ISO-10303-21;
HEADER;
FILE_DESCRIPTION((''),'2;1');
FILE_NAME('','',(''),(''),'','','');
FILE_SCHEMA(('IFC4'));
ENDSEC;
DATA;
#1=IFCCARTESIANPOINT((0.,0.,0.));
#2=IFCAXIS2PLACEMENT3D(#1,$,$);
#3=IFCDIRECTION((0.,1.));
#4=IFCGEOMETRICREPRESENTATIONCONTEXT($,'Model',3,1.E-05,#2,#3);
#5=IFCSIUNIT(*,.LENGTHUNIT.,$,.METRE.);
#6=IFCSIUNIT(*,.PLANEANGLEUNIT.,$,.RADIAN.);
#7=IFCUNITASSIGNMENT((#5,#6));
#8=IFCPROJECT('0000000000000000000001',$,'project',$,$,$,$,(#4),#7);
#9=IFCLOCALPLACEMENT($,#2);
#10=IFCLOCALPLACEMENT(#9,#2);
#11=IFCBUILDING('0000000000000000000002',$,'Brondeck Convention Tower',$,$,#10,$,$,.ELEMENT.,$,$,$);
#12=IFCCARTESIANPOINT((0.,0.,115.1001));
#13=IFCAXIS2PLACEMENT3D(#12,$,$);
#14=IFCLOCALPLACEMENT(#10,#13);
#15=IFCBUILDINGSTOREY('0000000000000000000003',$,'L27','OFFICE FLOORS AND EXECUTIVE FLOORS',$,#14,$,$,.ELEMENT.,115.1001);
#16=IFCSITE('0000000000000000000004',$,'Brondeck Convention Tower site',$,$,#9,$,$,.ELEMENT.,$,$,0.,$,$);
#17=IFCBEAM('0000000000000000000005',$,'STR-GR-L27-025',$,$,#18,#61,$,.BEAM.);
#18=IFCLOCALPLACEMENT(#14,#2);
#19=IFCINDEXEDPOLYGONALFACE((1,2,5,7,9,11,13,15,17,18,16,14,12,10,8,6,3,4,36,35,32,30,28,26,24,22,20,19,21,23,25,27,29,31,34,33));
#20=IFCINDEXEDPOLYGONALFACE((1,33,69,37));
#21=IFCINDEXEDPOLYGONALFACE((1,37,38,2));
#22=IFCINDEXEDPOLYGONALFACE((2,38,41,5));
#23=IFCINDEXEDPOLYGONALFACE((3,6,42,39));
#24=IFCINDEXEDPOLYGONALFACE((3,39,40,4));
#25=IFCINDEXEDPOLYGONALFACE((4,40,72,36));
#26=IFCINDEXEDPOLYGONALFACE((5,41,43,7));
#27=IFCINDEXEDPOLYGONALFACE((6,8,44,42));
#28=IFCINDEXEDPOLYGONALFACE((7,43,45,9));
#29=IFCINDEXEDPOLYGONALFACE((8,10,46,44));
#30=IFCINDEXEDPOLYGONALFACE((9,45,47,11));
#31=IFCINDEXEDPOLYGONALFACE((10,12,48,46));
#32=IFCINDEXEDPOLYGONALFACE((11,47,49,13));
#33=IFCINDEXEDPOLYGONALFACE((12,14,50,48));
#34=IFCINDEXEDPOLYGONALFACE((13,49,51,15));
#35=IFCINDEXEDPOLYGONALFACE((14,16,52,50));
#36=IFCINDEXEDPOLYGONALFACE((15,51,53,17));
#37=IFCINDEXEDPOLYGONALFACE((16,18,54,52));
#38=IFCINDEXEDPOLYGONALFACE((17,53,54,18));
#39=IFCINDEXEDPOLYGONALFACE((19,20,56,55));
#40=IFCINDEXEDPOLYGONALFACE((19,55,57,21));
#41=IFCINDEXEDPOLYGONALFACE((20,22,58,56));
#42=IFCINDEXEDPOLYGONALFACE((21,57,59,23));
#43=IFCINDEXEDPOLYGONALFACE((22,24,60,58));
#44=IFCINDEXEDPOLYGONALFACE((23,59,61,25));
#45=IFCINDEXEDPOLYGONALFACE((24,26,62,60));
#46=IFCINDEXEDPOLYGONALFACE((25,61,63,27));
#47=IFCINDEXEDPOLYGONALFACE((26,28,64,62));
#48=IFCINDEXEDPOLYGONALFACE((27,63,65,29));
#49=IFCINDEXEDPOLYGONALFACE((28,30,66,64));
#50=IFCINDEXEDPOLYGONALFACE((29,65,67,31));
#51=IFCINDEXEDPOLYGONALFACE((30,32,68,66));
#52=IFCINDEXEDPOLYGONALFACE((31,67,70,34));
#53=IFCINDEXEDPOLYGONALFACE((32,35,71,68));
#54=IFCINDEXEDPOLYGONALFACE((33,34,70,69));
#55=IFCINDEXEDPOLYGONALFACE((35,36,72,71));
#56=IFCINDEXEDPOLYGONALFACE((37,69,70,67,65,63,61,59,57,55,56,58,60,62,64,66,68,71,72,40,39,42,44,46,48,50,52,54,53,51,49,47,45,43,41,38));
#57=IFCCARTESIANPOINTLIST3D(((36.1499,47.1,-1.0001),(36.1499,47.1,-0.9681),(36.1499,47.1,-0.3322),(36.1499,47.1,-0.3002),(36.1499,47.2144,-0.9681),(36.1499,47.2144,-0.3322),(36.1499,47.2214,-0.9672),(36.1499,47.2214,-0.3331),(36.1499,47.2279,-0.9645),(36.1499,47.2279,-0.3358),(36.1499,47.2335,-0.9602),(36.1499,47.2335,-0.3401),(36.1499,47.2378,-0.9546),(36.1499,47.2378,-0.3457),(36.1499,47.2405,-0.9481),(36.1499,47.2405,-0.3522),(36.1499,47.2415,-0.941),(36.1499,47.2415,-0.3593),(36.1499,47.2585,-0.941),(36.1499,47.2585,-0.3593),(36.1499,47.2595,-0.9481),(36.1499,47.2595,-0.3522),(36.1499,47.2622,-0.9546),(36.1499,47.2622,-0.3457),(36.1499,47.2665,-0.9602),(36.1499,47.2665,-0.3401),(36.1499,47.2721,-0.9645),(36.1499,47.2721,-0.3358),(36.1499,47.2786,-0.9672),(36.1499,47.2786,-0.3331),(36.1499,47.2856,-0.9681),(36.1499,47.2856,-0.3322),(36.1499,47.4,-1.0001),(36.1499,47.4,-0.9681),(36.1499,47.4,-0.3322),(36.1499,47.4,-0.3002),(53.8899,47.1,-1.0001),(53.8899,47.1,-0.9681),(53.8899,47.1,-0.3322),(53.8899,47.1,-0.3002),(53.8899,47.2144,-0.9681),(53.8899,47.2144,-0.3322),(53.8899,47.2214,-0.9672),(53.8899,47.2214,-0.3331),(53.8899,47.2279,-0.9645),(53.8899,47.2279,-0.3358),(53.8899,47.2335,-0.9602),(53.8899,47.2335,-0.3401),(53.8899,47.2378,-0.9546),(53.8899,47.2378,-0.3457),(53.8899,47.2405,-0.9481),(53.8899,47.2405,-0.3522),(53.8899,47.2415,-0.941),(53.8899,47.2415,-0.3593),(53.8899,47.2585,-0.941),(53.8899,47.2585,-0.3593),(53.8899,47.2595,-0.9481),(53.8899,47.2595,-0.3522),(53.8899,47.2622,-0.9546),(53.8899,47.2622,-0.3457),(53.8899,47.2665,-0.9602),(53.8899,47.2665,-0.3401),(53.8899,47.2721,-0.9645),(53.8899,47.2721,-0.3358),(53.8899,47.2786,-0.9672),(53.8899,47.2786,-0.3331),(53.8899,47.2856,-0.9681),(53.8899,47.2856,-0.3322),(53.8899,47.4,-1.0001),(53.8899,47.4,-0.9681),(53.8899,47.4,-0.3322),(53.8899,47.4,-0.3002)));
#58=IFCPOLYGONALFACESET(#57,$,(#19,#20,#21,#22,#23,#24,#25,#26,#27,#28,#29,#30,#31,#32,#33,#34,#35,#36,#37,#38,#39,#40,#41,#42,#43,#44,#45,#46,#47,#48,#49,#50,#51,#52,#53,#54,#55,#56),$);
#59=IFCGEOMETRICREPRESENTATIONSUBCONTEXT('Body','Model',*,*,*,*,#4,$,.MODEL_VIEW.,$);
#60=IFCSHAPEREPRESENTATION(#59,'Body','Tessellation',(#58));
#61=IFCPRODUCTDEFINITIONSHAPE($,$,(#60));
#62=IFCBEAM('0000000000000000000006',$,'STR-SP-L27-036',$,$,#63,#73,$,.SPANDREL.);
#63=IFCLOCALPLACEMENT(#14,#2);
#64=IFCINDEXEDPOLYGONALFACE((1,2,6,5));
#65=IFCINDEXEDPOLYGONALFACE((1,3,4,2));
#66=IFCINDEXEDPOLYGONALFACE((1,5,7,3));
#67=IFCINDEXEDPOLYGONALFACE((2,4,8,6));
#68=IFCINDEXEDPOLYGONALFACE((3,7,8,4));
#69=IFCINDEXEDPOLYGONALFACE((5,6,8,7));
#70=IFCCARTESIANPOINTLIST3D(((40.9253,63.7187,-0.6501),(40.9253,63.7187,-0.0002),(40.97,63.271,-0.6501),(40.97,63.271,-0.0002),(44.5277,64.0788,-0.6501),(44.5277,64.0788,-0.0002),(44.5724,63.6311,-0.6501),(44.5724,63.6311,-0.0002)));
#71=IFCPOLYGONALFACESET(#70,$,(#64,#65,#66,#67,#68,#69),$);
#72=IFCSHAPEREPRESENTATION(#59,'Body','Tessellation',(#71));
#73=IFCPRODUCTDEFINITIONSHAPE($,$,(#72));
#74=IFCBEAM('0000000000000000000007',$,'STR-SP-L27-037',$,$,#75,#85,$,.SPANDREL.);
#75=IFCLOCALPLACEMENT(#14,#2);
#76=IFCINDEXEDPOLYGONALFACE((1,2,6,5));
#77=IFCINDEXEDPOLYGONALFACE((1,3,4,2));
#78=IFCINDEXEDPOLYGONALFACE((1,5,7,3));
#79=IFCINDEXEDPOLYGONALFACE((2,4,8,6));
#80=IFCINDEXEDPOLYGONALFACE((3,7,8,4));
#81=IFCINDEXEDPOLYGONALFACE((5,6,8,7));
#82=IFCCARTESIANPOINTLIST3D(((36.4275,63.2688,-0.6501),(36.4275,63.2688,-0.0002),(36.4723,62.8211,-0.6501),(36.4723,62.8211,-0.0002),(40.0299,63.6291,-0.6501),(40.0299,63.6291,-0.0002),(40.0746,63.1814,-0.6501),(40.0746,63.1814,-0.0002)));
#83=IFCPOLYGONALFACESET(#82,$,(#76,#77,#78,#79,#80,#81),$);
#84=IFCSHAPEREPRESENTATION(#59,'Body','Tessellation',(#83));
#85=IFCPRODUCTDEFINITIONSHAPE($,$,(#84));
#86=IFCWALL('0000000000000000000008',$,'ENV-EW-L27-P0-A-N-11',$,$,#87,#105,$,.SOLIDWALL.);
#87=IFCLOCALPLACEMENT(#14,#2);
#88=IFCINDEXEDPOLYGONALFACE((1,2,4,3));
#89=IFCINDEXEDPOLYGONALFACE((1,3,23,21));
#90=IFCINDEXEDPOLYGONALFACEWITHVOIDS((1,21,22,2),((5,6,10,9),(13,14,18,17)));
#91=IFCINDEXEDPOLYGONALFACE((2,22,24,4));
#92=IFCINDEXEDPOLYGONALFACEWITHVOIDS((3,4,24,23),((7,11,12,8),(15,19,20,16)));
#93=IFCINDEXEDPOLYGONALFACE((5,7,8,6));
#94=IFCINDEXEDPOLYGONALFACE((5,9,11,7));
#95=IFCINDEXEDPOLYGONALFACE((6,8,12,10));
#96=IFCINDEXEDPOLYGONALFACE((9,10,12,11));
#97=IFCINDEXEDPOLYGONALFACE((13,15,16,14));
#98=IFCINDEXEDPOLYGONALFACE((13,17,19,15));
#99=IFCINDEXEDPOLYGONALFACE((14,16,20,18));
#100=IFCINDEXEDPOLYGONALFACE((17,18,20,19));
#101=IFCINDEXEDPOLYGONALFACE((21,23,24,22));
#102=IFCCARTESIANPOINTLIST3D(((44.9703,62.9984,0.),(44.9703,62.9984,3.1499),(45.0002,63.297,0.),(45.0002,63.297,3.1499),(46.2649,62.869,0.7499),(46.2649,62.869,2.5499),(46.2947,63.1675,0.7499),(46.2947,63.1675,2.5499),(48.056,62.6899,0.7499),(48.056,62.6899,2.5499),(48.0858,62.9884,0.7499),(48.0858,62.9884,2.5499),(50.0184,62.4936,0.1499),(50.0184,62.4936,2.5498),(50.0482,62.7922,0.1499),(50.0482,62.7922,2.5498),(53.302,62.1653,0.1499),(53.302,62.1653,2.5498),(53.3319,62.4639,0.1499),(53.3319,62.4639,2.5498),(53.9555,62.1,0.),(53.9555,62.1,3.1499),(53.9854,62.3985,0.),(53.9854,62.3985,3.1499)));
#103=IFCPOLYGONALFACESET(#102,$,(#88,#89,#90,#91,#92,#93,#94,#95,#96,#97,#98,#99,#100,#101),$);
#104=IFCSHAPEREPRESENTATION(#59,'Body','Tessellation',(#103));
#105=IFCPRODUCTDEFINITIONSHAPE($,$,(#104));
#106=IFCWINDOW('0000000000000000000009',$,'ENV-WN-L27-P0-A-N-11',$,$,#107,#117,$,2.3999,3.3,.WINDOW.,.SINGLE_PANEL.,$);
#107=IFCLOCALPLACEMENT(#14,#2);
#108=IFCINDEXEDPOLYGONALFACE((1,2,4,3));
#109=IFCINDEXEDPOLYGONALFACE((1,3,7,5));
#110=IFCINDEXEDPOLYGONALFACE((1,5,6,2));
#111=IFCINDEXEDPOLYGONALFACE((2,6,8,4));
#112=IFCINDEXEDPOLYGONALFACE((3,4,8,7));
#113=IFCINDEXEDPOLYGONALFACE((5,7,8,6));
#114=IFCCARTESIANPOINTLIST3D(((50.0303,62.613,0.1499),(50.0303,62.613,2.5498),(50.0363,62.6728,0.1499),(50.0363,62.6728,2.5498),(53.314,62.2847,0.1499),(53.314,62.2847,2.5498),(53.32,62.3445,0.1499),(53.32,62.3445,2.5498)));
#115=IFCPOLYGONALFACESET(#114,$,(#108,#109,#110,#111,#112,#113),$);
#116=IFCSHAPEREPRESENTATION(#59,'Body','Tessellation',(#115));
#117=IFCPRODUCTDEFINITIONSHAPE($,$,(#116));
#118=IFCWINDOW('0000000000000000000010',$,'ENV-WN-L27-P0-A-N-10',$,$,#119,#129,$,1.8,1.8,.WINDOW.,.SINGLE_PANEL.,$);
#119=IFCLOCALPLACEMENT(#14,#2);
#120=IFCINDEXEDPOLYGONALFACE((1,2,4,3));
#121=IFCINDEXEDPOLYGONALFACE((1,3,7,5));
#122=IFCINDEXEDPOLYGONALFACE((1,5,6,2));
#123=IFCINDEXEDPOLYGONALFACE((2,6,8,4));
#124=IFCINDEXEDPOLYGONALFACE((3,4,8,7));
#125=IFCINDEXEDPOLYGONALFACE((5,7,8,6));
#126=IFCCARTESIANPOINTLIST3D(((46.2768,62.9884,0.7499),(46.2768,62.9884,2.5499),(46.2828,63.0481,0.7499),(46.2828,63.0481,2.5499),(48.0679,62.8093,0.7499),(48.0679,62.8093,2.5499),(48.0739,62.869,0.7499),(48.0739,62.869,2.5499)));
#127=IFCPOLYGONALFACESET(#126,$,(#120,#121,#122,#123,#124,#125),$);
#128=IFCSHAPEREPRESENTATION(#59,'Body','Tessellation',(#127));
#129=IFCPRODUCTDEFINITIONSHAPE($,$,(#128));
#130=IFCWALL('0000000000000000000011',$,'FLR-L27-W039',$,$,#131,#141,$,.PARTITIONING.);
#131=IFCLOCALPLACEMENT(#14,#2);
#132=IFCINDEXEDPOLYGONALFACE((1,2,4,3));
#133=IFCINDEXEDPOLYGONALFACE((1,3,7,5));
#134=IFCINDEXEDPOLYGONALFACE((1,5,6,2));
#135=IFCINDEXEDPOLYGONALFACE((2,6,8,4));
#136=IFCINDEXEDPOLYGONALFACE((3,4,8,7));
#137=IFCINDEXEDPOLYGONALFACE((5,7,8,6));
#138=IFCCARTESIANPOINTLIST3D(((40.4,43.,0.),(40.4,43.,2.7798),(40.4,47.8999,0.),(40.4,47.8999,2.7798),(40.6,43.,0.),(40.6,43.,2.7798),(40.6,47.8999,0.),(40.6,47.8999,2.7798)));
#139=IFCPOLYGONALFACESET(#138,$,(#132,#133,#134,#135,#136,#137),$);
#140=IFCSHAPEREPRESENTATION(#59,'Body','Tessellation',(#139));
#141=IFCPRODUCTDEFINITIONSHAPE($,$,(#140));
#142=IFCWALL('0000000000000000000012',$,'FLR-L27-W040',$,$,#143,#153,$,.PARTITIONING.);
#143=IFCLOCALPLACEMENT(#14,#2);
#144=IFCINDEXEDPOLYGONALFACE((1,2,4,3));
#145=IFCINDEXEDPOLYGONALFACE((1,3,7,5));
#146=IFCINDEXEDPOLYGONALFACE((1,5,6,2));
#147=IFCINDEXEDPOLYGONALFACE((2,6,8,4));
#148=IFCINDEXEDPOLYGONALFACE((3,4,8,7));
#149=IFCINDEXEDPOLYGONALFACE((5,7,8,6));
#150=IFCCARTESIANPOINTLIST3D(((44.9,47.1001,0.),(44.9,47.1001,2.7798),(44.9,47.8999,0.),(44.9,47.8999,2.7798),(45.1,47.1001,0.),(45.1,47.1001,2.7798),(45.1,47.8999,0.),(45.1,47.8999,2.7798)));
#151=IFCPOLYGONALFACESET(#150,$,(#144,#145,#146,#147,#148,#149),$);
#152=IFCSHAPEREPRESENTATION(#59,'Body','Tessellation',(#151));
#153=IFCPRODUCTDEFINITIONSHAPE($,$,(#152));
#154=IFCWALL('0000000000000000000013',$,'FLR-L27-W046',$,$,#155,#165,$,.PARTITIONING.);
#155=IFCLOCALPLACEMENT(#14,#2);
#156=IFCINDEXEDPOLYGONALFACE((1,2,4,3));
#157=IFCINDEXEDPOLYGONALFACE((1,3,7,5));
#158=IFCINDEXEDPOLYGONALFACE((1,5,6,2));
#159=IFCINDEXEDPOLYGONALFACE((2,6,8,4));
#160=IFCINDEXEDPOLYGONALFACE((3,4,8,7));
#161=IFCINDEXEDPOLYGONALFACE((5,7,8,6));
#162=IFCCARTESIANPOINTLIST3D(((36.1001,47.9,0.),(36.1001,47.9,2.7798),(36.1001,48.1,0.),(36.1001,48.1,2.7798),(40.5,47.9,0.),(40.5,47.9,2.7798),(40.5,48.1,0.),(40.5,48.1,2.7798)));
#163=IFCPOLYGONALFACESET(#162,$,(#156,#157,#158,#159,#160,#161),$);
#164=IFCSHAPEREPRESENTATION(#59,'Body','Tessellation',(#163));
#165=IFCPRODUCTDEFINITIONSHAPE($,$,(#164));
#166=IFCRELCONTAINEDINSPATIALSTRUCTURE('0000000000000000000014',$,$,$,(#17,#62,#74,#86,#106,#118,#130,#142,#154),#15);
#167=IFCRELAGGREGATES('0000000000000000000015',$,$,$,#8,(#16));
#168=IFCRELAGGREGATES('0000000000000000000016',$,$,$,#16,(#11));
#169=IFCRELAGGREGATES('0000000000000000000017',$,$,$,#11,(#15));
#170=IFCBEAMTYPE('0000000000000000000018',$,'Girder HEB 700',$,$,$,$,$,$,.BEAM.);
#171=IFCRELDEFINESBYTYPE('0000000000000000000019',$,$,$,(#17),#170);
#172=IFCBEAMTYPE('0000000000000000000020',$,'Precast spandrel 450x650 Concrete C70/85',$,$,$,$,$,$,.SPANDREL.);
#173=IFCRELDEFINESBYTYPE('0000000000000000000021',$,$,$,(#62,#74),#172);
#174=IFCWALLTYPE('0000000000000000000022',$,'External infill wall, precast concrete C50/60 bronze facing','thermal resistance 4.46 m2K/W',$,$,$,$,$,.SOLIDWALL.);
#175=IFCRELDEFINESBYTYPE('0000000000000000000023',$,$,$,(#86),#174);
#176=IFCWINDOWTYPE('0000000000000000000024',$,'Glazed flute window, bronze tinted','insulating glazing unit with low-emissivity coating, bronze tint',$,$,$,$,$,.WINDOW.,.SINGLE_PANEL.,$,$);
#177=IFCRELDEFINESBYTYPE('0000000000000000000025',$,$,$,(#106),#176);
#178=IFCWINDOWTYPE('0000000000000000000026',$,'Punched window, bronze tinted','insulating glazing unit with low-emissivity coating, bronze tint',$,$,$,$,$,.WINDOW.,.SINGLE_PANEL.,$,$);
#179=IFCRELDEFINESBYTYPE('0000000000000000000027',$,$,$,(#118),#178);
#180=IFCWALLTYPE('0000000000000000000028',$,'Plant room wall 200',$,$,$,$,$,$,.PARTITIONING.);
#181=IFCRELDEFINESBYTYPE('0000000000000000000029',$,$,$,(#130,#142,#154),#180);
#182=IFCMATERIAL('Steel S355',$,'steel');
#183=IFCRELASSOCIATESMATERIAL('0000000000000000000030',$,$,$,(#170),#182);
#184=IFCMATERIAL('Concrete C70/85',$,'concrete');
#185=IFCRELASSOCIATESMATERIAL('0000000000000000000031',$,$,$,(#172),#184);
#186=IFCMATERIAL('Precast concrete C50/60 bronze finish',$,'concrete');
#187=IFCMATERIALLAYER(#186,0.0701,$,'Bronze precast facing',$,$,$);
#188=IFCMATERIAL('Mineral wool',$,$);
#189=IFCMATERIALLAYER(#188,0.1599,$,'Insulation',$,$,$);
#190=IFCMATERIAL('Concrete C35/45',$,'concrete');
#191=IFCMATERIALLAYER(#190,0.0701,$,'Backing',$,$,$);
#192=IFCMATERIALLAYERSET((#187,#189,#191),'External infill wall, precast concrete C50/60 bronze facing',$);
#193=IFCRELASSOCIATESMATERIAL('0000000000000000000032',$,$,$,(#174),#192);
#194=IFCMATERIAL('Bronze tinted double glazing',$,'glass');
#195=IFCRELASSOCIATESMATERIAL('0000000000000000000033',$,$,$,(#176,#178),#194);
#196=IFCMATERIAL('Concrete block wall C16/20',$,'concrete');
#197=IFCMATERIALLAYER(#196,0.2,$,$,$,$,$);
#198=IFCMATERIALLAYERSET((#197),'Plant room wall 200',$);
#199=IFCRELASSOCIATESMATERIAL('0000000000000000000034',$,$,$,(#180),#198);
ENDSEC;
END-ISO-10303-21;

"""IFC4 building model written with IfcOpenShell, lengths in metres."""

from ifc_helpers import new_model, si_unit, direction, frame, frame_2d, origin, origin_2d, place, context, subcontext, project, spatial, rectangle, i_section, extrude, material, layer, layer_set, material_profile, profile_set, type_object, element, fill, save


model = new_model("IFC4")

# Units and contexts
model_context = context("Model", 3, precision=1e-05, world=origin(), true_north=direction((0.0, 1.0)))
body_context = subcontext(model_context, "Body", "Model", "MODEL_VIEW")
ifc_project = project(units=[si_unit("LENGTHUNIT", "METRE"), si_unit("PLANEANGLEUNIT", "RADIAN")], contexts=[model_context])

# Site, building, storey
site_placement = place(None, origin())
site = spatial("IfcSite", under=ifc_project, at=site_placement, Name="Brondeck Convention Tower site", CompositionType="ELEMENT", RefElevation=0.0)
building_placement = place(site_placement, origin())
building = spatial("IfcBuilding", under=site, at=building_placement, Name="Brondeck Convention Tower", CompositionType="ELEMENT")
storey_placement = place(building_placement, frame((0.0, 0.0, 115.1001)))
storey = spatial("IfcBuildingStorey", under=building, at=storey_placement, Name="L27", Description="OFFICE FLOORS AND EXECUTIVE FLOORS", CompositionType="ELEMENT", Elevation=115.1001)

# Shared definitions
ifc_material_1 = material(Name="Concrete C70/85", Category="concrete")

# Beams
ifc_material_2 = material(Name="Steel S355", Category="steel")
ifc_material_profile_1 = material_profile(ifc_material_2, i_section(OverallWidth=0.3, OverallDepth=0.7, WebThickness=0.0171, FlangeThickness=0.032, FilletRadius=0.0271, at=origin_2d()), Name="HEB 700")
ifc_profile_set_1 = profile_set([ifc_material_profile_1], Name="Steel S355")
beam_type_1 = type_object("IfcBeamType", Name="Girder HEB 700", PredefinedType="BEAM", material=ifc_profile_set_1)
beam_1_placement = place(storey_placement, frame((36.1499, 47.25, -0.6501), z_axis=(1.0, 0.0, 0.0), x_axis=(0.0, 1.0, 0.0)))
element("IfcBeam", 1, at=beam_1_placement, inside=storey, type_object=beam_type_1, Name="STR-GR-L27-025", PredefinedType="BEAM", context=body_context, shape_type="SweptSolid", body=[
    extrude(i_section(OverallWidth=0.3, OverallDepth=0.7, WebThickness=0.0171, FlangeThickness=0.032, FilletRadius=0.0271, at=origin_2d()), origin(), (0.0, 0.0, 1.0), 17.74),
])
ifc_material_profile_2 = material_profile(ifc_material_1, rectangle(XDim=0.45, YDim=0.6499, at=origin_2d()), Name="Precast spandrel 450x650 Concrete C70/85")
ifc_profile_set_2 = profile_set([ifc_material_profile_2], Name="Concrete C70/85")
beam_type_2 = type_object("IfcBeamType", Name="Precast spandrel 450x650 Concrete C70/85", PredefinedType="SPANDREL", material=ifc_profile_set_2)
for number, where, z_axis, x_axis, name in (
    (2, (44.55, 63.855, -0.3252), (-0.995041, -0.09947, 0.0), (0.09947, -0.995041, 0.0), "STR-SP-L27-036"),
    (3, (40.0522, 63.4053, -0.3252), (-0.995034, -0.099537, 0.0), (0.099537, -0.995034, 0.0), "STR-SP-L27-037"),
):
    element("IfcBeam", number, at=place(storey_placement, frame(where, z_axis=z_axis, x_axis=x_axis)), inside=storey, type_object=beam_type_2, Name=name, PredefinedType="SPANDREL", context=body_context, shape_type="SweptSolid", body=[
        extrude(rectangle(XDim=0.45, YDim=0.6499, at=origin_2d()), origin(), (0.0, 0.0, 1.0), 3.6204),
    ])

# Wall, openings, windows
ifc_material_3 = material(Name="Precast concrete C50/60 bronze finish", Category="concrete")
ifc_layer_1 = layer(ifc_material_3, 0.0701, Name="Bronze precast facing")
ifc_material_4 = material(Name="Mineral wool")
ifc_layer_2 = layer(ifc_material_4, 0.1599, Name="Insulation")
ifc_material_5 = material(Name="Concrete C35/45", Category="concrete")
ifc_layer_3 = layer(ifc_material_5, 0.0701, Name="Backing")
ifc_layer_set_1 = layer_set([ifc_layer_1, ifc_layer_2, ifc_layer_3], Name="External infill wall, precast concrete C50/60 bronze facing")
wall_type_1 = type_object("IfcWallType", Name="External infill wall, precast concrete C50/60 bronze facing", Description="thermal resistance 4.46 m2K/W", PredefinedType="SOLIDWALL", material=ifc_layer_set_1)
wall_1_placement = place(storey_placement, frame((44.9851, 63.1477, 0.0), z_axis=(0.0, 0.0, 1.0), x_axis=(0.995038, -0.099496, 0.0)))
wall_1 = element("IfcWall", 4, at=wall_1_placement, inside=storey, type_object=wall_type_1, Name="ENV-EW-L27-P0-A-N-11", PredefinedType="SOLIDWALL", context=body_context, shape_type="SweptSolid", body=[
    extrude(rectangle(XDim=9.03, YDim=0.3, at=frame_2d((4.5151, 0.0))), origin(), (0.0, 0.0, 1.0), 3.1499),
])
opening_1_placement = place(wall_1_placement, frame((1.3013, 0.0, 0.75)))
opening_1 = element("IfcOpeningElement", 5, at=opening_1_placement, cuts=wall_1, PredefinedType="OPENING", context=body_context, shape_type="SweptSolid", body=[
    extrude(rectangle(XDim=1.8, YDim=1.8, at=frame_2d((0.8999, 0.8999))), frame((0.0, 0.1599, 0.0), z_axis=(0.0, -1.0, 0.0), x_axis=(1.0, 0.0, 0.0)), (0.0, 0.0, 1.0), 0.3201),
])
opening_2_placement = place(wall_1_placement, frame((5.0735, 0.0, 0.1499)))
opening_2 = element("IfcOpeningElement", 6, at=opening_2_placement, cuts=wall_1, PredefinedType="OPENING", context=body_context, shape_type="SweptSolid", body=[
    extrude(rectangle(XDim=3.3, YDim=2.3999, at=frame_2d((1.6499, 1.2))), frame((0.0, 0.1599, 0.0), z_axis=(0.0, -1.0, 0.0), x_axis=(1.0, 0.0, 0.0)), (0.0, 0.0, 1.0), 0.3201),
])
ifc_material_6 = material(Name="Bronze tinted double glazing", Category="glass")
window_type_1 = type_object("IfcWindowType", Name="Glazed flute window, bronze tinted", Description="insulating glazing unit with low-emissivity coating, bronze tint", PartitioningType="SINGLE_PANEL", PredefinedType="WINDOW", material=ifc_material_6)
window_1_placement = place(opening_2_placement, origin())
window_1 = element("IfcWindow", 7, at=window_1_placement, inside=storey, type_object=window_type_1, Name="ENV-WN-L27-P0-A-N-11", OverallHeight=2.3999, OverallWidth=3.3, PartitioningType="SINGLE_PANEL", PredefinedType="WINDOW", context=body_context, shape_type="SweptSolid", body=[
    extrude(rectangle(XDim=3.3, YDim=2.3999, at=frame_2d((1.6499, 1.2))), frame((0.0, 0.03, 0.0), z_axis=(0.0, -1.0, 0.0), x_axis=(1.0, 0.0, 0.0)), (0.0, 0.0, 1.0), 0.0601),
])
fill(opening_2, window_1)
window_type_2 = type_object("IfcWindowType", Name="Punched window, bronze tinted", Description="insulating glazing unit with low-emissivity coating, bronze tint", PartitioningType="SINGLE_PANEL", PredefinedType="WINDOW", material=ifc_material_6)
window_2_placement = place(opening_1_placement, origin())
window_2 = element("IfcWindow", 8, at=window_2_placement, inside=storey, type_object=window_type_2, Name="ENV-WN-L27-P0-A-N-10", OverallHeight=1.8, OverallWidth=1.8, PartitioningType="SINGLE_PANEL", PredefinedType="WINDOW", context=body_context, shape_type="SweptSolid", body=[
    extrude(rectangle(XDim=1.8, YDim=1.8, at=frame_2d((0.8999, 0.8999))), frame((0.0, 0.03, 0.0), z_axis=(0.0, -1.0, 0.0), x_axis=(1.0, 0.0, 0.0)), (0.0, 0.0, 1.0), 0.0601),
])
fill(opening_1, window_2)

# Walls
ifc_material_7 = material(Name="Concrete block wall C16/20", Category="concrete")
ifc_layer_4 = layer(ifc_material_7, 0.2)
ifc_layer_set_2 = layer_set([ifc_layer_4], Name="Plant room wall 200")
wall_type_2 = type_object("IfcWallType", Name="Plant room wall 200", PredefinedType="PARTITIONING", material=ifc_layer_set_2)
wall_2_placement = place(storey_placement, frame((40.5, 47.8999, 0.0), z_axis=(0.0, 0.0, 1.0), x_axis=(0.0, -1.0, 0.0)))
element("IfcWall", 9, at=wall_2_placement, inside=storey, type_object=wall_type_2, Name="FLR-L27-W039", PredefinedType="PARTITIONING", context=body_context, shape_type="SweptSolid", body=[
    extrude(rectangle(XDim=4.8999, YDim=0.2, at=frame_2d((2.45, 0.0))), origin(), (0.0, 0.0, 1.0), 2.7798),
])
wall_3_placement = place(storey_placement, frame((45.0, 47.8999, 0.0), z_axis=(0.0, 0.0, 1.0), x_axis=(0.0, -1.0, 0.0)))
element("IfcWall", 10, at=wall_3_placement, inside=storey, type_object=wall_type_2, Name="FLR-L27-W040", PredefinedType="PARTITIONING", context=body_context, shape_type="SweptSolid", body=[
    extrude(rectangle(XDim=0.7998, YDim=0.2, at=frame_2d((0.3999, 0.0))), origin(), (0.0, 0.0, 1.0), 2.7798),
])
wall_4_placement = place(storey_placement, frame((40.5, 48.0, 0.0), z_axis=(0.0, 0.0, 1.0), x_axis=(-1.0, 0.0, 0.0)))
element("IfcWall", 11, at=wall_4_placement, inside=storey, type_object=wall_type_2, Name="FLR-L27-W046", PredefinedType="PARTITIONING", context=body_context, shape_type="SweptSolid", body=[
    extrude(rectangle(XDim=4.3999, YDim=0.2, at=frame_2d((2.2, 0.0))), origin(), (0.0, 0.0, 1.0), 2.7798),
])

save(model, "model.ifc")
